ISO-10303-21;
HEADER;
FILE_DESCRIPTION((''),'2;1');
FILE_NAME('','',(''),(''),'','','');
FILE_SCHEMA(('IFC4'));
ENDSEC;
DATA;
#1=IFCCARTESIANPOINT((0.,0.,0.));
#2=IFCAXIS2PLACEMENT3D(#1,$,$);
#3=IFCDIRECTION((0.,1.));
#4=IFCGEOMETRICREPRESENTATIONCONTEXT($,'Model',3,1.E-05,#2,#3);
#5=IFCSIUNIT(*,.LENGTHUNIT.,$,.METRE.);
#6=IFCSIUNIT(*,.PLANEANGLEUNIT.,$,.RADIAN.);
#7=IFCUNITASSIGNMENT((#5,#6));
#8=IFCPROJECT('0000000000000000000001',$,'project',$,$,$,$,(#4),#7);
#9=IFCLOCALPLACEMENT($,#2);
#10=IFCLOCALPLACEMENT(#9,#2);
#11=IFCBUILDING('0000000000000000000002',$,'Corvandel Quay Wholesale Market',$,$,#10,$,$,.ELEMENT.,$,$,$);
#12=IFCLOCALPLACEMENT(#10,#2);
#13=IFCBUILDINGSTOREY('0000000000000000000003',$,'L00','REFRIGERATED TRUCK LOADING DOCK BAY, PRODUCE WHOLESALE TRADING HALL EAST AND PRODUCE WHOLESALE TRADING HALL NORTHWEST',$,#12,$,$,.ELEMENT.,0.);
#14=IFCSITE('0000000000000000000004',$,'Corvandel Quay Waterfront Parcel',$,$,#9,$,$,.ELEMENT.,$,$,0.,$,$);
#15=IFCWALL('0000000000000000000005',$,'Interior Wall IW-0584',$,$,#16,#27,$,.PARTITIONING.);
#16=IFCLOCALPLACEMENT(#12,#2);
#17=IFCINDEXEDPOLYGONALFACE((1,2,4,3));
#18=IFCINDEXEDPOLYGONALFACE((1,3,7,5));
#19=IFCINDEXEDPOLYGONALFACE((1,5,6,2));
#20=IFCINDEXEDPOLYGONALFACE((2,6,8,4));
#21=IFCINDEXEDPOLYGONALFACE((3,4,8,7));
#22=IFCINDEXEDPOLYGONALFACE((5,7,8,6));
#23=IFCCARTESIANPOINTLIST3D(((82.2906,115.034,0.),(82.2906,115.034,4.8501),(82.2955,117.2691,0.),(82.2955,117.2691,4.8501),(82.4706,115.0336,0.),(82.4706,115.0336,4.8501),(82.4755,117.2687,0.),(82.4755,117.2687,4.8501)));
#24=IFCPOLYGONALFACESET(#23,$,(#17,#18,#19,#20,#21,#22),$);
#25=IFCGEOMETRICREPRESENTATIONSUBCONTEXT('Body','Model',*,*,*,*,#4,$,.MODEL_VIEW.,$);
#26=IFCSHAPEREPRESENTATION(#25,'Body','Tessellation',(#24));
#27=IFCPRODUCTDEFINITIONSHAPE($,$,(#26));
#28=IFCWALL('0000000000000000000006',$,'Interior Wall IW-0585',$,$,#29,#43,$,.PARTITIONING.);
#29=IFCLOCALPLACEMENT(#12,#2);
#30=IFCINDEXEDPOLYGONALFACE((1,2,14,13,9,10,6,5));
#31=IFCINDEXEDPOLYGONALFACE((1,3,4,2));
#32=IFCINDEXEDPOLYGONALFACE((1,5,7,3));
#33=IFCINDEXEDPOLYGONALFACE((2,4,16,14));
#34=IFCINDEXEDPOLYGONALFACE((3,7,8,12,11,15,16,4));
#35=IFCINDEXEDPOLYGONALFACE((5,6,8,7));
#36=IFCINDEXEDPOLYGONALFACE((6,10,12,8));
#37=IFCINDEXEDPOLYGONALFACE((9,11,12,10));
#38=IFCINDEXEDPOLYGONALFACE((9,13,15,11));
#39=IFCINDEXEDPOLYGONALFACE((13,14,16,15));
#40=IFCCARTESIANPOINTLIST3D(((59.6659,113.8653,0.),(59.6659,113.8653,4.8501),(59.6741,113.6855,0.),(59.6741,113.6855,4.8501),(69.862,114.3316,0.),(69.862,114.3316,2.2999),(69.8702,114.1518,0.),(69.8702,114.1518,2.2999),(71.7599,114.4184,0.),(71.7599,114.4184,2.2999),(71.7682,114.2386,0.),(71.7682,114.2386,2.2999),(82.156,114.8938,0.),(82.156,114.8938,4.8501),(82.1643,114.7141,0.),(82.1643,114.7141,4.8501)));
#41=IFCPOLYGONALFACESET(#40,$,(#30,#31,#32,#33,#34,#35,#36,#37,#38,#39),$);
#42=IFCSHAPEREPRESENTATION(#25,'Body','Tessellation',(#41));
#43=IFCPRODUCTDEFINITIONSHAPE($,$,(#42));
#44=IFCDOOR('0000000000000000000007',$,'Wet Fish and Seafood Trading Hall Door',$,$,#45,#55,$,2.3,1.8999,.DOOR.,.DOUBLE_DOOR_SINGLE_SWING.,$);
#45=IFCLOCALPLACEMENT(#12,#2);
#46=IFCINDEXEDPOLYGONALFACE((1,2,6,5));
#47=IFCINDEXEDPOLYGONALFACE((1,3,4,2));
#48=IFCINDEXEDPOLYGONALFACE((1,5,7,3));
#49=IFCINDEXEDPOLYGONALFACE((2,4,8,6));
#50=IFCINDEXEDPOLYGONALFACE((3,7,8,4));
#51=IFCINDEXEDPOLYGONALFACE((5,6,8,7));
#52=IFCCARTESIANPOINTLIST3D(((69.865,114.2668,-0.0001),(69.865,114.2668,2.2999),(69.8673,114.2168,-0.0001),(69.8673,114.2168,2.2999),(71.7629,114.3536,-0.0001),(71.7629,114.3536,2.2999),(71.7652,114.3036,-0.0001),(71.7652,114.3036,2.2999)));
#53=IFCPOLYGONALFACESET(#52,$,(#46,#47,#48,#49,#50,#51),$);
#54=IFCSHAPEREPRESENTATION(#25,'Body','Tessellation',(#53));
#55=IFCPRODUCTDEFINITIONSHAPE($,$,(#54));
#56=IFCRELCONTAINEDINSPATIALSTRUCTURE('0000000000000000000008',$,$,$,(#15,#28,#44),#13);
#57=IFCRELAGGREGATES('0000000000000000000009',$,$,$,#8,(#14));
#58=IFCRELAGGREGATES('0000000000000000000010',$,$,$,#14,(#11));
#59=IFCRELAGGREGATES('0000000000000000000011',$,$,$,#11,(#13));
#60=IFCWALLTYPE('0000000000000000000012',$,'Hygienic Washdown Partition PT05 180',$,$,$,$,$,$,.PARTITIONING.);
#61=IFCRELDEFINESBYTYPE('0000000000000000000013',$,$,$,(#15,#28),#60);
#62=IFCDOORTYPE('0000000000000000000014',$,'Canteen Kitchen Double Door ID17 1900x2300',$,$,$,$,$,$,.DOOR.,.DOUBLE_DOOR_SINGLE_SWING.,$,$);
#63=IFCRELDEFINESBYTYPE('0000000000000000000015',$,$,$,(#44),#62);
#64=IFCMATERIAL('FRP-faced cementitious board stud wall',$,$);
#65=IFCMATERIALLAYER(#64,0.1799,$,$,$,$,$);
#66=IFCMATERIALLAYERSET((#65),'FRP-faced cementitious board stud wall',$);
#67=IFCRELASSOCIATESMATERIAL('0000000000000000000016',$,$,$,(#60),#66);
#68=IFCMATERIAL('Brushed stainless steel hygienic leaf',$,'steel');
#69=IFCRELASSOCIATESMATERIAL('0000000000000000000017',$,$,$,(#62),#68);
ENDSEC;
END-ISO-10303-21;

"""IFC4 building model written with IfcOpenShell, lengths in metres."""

from ifc_helpers import new_model, si_unit, direction, frame, frame_2d, origin, place, context, subcontext, project, spatial, rectangle, extrude, material, layer, layer_set, type_object, element, fill, save


model = new_model("IFC4")

# Units and contexts
model_context = context("Model", 3, precision=1e-05, world=origin(), true_north=direction((0.0, 1.0)))
body_context = subcontext(model_context, "Body", "Model", "MODEL_VIEW")
ifc_project = project(units=[si_unit("LENGTHUNIT", "METRE"), si_unit("PLANEANGLEUNIT", "RADIAN")], contexts=[model_context])

# Site, building, storey
site_placement = place(None, origin())
site = spatial("IfcSite", under=ifc_project, at=site_placement, Name="Corvandel Quay Waterfront Parcel", CompositionType="ELEMENT", RefElevation=0.0)
building_placement = place(site_placement, origin())
building = spatial("IfcBuilding", under=site, at=building_placement, Name="Corvandel Quay Wholesale Market", CompositionType="ELEMENT")
storey_placement = place(building_placement, origin())
storey = spatial("IfcBuildingStorey", under=building, at=storey_placement, Name="L00", Description="REFRIGERATED TRUCK LOADING DOCK BAY, PRODUCE WHOLESALE TRADING HALL EAST AND PRODUCE WHOLESALE TRADING HALL NORTHWEST", CompositionType="ELEMENT", Elevation=0.0)

# Wall
ifc_material_1 = material(Name="FRP-faced cementitious board stud wall")
ifc_layer_1 = layer(ifc_material_1, 0.1799)
ifc_layer_set_1 = layer_set([ifc_layer_1], Name="FRP-faced cementitious board stud wall")
wall_type_1 = type_object("IfcWallType", Name="Hygienic Washdown Partition PT05 180", PredefinedType="PARTITIONING", material=ifc_layer_set_1)
wall_1_placement = place(storey_placement, frame((82.3855, 117.269, 0.0), z_axis=(0.0, 0.0, 1.0), x_axis=(-0.002185, -0.999998, 0.0)))
element("IfcWall", 1, at=wall_1_placement, inside=storey, type_object=wall_type_1, Name="Interior Wall IW-0584", PredefinedType="PARTITIONING", context=body_context, shape_type="SweptSolid", body=[
    extrude(rectangle(XDim=2.2351, YDim=0.1799, at=frame_2d((1.1177, 0.0))), origin(), (0.0, 0.0, 1.0), 4.8501),
])

# Wall, opening, door
wall_2_placement = place(storey_placement, frame((82.1602, 114.804, 0.0), z_axis=(0.0, 0.0, 1.0), x_axis=(-0.998956, -0.045686, 0.0)))
wall_2 = element("IfcWall", 2, at=wall_2_placement, inside=storey, type_object=wall_type_1, Name="Interior Wall IW-0585", PredefinedType="PARTITIONING", context=body_context, shape_type="SweptSolid", body=[
    extrude(rectangle(XDim=22.5137, YDim=0.1799, at=frame_2d((11.2568, 0.0))), origin(), (0.0, 0.0, 1.0), 4.8501),
])
opening_placement = place(wall_2_placement, frame((10.407, 0.0, 0.0)))
opening = element("IfcOpeningElement", 3, at=opening_placement, cuts=wall_2, PredefinedType="OPENING", context=body_context, shape_type="SweptSolid", body=[
    extrude(rectangle(XDim=1.8999, YDim=2.3, at=frame_2d((0.95, 1.1499))), frame((0.0, 0.0999, 0.0), z_axis=(0.0, -1.0, 0.0), x_axis=(1.0, 0.0, 0.0)), (0.0, 0.0, 1.0), 0.2),
])
ifc_material_2 = material(Name="Brushed stainless steel hygienic leaf", Category="steel")
door_type = type_object("IfcDoorType", Name="Canteen Kitchen Double Door ID17 1900x2300", OperationType="DOUBLE_DOOR_SINGLE_SWING", PredefinedType="DOOR", material=ifc_material_2)
door_placement = place(opening_placement, origin())
door = element("IfcDoor", 4, at=door_placement, inside=storey, type_object=door_type, Name="Wet Fish and Seafood Trading Hall Door", OperationType="DOUBLE_DOOR_SINGLE_SWING", OverallHeight=2.3, OverallWidth=1.8999, PredefinedType="DOOR", context=body_context, shape_type="SweptSolid", body=[
    extrude(rectangle(XDim=1.8999, YDim=2.3, at=frame_2d((0.95, 1.1499))), frame((0.0, 0.0249, 0.0), z_axis=(0.0, -1.0, 0.0), x_axis=(1.0, 0.0, 0.0)), (0.0, 0.0, 1.0), 0.05),
])
fill(opening, door)

save(model, "model.ifc")
